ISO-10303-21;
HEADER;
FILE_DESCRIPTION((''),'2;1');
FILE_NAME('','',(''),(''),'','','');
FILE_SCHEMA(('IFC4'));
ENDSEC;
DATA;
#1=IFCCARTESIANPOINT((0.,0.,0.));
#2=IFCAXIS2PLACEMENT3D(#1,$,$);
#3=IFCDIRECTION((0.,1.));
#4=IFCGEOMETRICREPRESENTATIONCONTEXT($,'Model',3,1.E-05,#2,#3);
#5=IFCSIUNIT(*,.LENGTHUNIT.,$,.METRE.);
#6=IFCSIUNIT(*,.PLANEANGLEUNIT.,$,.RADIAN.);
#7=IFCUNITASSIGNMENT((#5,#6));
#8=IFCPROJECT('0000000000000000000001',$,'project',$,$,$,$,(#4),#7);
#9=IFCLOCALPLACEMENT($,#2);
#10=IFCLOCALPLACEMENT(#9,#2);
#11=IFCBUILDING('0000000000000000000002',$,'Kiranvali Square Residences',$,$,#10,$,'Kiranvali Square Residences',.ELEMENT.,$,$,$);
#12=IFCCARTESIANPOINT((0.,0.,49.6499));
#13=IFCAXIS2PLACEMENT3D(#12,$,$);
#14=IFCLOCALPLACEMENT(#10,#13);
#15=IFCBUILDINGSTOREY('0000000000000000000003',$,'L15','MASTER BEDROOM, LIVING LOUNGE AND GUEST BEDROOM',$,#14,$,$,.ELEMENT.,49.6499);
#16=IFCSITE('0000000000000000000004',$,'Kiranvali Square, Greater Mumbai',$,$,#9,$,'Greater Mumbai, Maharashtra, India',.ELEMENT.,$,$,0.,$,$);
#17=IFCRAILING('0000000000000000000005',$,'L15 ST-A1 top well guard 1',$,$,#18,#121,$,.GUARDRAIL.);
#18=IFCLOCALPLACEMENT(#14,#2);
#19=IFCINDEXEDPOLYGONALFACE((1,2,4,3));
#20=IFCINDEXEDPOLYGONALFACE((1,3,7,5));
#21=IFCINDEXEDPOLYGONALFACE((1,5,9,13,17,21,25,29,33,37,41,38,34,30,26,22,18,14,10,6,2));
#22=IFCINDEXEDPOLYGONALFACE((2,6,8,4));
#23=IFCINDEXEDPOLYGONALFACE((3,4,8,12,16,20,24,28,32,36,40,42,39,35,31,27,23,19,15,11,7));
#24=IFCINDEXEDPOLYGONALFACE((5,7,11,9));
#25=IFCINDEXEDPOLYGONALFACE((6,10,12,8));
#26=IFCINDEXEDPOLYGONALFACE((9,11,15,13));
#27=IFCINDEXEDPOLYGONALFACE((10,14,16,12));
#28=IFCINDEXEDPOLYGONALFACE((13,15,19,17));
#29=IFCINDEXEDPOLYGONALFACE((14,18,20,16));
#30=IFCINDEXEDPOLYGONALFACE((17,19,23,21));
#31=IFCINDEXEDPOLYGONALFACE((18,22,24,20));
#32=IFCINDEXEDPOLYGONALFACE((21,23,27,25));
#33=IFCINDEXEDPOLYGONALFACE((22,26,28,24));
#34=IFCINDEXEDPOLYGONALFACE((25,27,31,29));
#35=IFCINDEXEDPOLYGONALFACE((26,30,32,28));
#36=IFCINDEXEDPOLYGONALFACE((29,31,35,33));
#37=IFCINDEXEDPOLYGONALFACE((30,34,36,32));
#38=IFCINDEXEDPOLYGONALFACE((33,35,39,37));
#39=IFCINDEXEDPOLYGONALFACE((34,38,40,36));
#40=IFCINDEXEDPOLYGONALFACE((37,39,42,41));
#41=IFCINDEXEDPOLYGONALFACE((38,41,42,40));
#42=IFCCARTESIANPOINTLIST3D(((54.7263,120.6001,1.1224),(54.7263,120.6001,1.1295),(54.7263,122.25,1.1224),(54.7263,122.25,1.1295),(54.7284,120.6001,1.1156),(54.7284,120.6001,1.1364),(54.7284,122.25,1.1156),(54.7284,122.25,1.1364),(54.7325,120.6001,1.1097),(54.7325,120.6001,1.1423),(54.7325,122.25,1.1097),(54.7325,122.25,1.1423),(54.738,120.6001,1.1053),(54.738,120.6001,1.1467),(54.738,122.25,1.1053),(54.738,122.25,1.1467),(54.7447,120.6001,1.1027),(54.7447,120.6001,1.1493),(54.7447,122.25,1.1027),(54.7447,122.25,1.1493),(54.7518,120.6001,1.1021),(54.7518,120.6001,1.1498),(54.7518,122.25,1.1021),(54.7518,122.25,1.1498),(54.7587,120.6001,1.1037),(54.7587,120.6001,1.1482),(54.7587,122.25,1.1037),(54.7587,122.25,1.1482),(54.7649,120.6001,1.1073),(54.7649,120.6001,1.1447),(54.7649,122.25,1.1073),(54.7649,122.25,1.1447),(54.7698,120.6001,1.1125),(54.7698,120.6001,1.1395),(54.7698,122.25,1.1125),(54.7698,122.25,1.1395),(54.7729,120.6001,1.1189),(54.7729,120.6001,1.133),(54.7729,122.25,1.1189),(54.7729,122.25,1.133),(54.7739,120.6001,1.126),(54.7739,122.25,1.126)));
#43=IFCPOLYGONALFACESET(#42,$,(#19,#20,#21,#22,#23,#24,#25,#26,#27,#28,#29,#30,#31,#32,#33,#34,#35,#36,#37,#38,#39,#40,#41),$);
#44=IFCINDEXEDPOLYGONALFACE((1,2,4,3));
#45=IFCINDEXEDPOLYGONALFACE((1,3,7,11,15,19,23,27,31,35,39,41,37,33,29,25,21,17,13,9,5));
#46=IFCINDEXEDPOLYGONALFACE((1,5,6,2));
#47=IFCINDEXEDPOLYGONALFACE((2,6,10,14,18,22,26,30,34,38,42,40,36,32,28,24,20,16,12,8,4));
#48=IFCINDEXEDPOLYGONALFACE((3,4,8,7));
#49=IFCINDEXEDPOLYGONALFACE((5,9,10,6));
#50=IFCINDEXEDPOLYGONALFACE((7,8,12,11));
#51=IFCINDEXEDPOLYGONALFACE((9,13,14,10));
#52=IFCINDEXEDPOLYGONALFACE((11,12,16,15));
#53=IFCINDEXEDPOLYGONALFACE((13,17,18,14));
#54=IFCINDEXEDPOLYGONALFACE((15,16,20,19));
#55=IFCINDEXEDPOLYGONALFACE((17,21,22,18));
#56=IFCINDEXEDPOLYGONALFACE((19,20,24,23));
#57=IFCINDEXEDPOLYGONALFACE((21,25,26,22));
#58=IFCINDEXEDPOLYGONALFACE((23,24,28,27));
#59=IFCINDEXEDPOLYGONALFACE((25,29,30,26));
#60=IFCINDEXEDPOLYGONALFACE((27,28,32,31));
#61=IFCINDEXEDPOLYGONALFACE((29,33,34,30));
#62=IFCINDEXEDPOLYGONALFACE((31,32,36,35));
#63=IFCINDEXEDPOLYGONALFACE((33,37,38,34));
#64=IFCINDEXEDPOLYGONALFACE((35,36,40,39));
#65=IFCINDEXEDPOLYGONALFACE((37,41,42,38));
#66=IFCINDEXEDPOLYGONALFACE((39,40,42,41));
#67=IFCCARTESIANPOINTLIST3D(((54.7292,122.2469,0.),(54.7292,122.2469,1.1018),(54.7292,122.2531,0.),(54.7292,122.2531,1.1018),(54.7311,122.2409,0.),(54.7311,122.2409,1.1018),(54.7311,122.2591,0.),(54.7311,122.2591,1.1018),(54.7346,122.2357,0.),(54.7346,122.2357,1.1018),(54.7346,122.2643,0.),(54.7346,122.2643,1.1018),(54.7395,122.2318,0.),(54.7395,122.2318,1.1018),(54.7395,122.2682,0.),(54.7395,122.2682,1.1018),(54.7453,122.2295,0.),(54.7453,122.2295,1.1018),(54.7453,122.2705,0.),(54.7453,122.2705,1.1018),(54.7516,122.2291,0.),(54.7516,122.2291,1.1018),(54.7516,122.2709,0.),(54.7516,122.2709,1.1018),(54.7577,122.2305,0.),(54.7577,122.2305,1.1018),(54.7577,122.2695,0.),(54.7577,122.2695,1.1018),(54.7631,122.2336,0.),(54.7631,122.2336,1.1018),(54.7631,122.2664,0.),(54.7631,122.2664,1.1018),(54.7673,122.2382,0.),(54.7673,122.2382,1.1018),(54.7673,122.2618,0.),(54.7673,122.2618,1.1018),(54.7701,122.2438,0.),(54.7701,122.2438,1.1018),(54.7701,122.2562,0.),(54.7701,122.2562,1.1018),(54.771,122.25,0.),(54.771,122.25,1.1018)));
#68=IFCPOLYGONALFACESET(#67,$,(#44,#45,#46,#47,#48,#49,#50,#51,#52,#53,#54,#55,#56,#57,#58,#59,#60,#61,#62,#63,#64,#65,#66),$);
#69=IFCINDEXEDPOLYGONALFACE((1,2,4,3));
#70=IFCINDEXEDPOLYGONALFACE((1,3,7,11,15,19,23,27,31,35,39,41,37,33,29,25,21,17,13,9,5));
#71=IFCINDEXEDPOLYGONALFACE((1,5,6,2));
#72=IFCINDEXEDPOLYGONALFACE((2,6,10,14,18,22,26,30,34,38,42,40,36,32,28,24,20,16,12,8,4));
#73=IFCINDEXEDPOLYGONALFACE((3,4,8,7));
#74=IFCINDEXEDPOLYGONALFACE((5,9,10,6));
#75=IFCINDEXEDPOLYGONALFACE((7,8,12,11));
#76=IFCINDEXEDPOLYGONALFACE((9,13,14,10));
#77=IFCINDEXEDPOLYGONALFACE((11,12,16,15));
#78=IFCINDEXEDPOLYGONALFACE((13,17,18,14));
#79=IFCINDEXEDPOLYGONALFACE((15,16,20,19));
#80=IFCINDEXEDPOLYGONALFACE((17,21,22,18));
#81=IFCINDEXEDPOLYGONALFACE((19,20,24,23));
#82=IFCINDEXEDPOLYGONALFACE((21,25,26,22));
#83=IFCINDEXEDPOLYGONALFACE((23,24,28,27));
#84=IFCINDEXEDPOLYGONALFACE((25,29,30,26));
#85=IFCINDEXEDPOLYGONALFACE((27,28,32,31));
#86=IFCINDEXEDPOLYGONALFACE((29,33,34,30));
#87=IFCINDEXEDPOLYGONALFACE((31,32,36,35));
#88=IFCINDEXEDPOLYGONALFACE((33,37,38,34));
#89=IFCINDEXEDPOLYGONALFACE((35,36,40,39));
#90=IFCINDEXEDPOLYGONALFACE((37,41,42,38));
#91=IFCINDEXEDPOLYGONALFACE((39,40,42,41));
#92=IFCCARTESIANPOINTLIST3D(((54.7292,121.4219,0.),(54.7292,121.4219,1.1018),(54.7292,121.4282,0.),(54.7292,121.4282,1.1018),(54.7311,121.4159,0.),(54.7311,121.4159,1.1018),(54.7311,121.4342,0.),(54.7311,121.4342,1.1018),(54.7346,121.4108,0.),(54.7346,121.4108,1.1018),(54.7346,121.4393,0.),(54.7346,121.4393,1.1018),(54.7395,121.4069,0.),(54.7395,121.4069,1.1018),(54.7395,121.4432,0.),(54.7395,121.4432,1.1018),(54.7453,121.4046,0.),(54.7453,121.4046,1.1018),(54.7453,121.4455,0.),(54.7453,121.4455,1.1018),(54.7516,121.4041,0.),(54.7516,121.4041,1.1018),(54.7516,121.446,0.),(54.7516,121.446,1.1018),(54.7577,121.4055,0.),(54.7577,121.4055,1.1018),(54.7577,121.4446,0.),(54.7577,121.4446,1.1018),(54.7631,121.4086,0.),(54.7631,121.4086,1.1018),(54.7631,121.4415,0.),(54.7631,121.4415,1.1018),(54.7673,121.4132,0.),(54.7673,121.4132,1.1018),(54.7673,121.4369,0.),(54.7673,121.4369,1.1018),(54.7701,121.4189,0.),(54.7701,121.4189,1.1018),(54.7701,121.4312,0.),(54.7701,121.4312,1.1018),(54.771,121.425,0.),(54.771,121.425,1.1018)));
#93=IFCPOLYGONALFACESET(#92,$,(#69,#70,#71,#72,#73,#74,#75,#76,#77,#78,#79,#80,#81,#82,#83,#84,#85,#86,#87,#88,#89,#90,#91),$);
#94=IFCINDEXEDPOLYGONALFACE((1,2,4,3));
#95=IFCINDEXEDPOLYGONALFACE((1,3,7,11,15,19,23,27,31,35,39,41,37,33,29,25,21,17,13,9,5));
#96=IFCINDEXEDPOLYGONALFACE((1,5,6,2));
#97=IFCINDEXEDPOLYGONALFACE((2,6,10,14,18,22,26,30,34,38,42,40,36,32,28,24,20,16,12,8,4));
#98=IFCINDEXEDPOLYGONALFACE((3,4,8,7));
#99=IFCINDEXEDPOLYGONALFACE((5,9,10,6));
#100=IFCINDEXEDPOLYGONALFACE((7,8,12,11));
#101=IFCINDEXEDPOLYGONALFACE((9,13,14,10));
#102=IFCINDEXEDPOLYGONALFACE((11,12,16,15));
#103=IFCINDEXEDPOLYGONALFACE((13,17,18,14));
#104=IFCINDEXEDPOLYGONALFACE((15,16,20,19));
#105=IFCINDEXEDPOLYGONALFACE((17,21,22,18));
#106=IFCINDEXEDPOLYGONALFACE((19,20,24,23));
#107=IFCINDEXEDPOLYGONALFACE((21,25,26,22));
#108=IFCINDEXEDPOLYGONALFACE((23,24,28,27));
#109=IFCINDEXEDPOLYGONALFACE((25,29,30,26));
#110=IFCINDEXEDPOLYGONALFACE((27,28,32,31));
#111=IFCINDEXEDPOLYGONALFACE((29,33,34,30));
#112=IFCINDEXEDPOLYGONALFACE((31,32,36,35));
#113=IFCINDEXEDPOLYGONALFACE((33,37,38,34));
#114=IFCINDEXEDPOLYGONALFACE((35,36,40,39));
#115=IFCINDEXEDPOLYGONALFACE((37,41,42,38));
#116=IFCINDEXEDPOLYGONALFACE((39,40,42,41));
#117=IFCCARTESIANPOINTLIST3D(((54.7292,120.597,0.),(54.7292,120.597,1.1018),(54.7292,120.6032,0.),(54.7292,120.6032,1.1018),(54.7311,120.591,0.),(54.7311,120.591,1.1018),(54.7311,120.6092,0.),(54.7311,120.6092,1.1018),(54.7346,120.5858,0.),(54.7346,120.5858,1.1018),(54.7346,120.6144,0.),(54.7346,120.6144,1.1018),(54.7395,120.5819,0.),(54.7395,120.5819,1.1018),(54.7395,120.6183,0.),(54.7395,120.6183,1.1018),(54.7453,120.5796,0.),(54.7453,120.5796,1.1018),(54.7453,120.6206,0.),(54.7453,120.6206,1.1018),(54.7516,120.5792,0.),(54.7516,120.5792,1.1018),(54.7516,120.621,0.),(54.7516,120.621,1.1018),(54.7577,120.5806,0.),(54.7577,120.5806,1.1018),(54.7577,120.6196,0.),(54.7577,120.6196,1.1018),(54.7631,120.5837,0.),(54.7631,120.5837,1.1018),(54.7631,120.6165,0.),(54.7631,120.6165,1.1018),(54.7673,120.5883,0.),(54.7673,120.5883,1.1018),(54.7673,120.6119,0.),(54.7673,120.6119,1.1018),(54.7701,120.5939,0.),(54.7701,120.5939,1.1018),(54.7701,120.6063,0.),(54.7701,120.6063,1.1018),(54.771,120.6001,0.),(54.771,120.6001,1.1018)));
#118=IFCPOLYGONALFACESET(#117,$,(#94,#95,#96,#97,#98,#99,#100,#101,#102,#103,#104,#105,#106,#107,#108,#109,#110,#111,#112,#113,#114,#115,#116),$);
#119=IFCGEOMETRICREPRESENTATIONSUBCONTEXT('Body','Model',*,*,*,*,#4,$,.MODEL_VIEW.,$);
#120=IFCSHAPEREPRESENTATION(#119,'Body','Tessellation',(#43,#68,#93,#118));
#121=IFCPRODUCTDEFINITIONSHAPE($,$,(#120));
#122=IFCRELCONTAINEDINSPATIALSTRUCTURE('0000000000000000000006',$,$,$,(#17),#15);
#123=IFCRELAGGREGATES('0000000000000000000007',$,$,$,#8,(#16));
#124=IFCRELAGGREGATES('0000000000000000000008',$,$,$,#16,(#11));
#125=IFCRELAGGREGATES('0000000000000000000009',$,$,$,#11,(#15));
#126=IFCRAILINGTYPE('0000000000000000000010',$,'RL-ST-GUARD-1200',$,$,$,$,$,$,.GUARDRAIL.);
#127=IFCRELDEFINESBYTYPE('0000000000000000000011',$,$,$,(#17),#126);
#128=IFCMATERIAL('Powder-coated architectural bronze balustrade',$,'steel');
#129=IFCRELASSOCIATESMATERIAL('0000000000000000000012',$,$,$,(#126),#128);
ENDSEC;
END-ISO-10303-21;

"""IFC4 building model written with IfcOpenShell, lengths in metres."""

from ifc_helpers import new_model, si_unit, direction, frame, origin, origin_2d, place, context, subcontext, project, spatial, circle, extrude, material, type_object, element, save


model = new_model("IFC4")

# Units and contexts
model_context = context("Model", 3, precision=1e-05, world=origin(), true_north=direction((0.0, 1.0)))
body_context = subcontext(model_context, "Body", "Model", "MODEL_VIEW")
ifc_project = project(units=[si_unit("LENGTHUNIT", "METRE"), si_unit("PLANEANGLEUNIT", "RADIAN")], contexts=[model_context])

# Site, building, storey
site_placement = place(None, origin())
site = spatial("IfcSite", under=ifc_project, at=site_placement, Name="Kiranvali Square, Greater Mumbai", LongName="Greater Mumbai, Maharashtra, India", CompositionType="ELEMENT", RefElevation=0.0)
building_placement = place(site_placement, origin())
building = spatial("IfcBuilding", under=site, at=building_placement, Name="Kiranvali Square Residences", LongName="Kiranvali Square Residences", CompositionType="ELEMENT")
storey_placement = place(building_placement, frame((0.0, 0.0, 49.6499)))
storey = spatial("IfcBuildingStorey", under=building, at=storey_placement, Name="L15", Description="MASTER BEDROOM, LIVING LOUNGE AND GUEST BEDROOM", CompositionType="ELEMENT", Elevation=49.6499)

# Railing
ifc_material_1 = material(Name="Powder-coated architectural bronze balustrade", Category="steel")
railing_type = type_object("IfcRailingType", Name="RL-ST-GUARD-1200", PredefinedType="GUARDRAIL", material=ifc_material_1)
railing_placement = place(storey_placement, frame((54.75, 122.25, 0.0)))
element("IfcRailing", 1, at=railing_placement, inside=storey, type_object=railing_type, Name="L15 ST-A1 top well guard 1", PredefinedType="GUARDRAIL", context=body_context, shape_type="SweptSolid", body=[
    extrude(circle(Radius=0.0239, at=origin_2d()), frame((0.0, 0.0, 1.126), z_axis=(0.0, -1.0, 0.0), x_axis=(1.0, 0.0, 0.0)), (0.0, 0.0, 1.0), 1.6499),
    extrude(circle(Radius=0.021, at=origin_2d()), origin(), (0.0, 0.0, 1.0), 1.1018),
    extrude(circle(Radius=0.021, at=origin_2d()), frame((0.0, -0.825, 0.0)), (0.0, 0.0, 1.0), 1.1018),
    extrude(circle(Radius=0.021, at=origin_2d()), frame((0.0, -1.6499, 0.0)), (0.0, 0.0, 1.0), 1.1018),
])

save(model, "model.ifc")
